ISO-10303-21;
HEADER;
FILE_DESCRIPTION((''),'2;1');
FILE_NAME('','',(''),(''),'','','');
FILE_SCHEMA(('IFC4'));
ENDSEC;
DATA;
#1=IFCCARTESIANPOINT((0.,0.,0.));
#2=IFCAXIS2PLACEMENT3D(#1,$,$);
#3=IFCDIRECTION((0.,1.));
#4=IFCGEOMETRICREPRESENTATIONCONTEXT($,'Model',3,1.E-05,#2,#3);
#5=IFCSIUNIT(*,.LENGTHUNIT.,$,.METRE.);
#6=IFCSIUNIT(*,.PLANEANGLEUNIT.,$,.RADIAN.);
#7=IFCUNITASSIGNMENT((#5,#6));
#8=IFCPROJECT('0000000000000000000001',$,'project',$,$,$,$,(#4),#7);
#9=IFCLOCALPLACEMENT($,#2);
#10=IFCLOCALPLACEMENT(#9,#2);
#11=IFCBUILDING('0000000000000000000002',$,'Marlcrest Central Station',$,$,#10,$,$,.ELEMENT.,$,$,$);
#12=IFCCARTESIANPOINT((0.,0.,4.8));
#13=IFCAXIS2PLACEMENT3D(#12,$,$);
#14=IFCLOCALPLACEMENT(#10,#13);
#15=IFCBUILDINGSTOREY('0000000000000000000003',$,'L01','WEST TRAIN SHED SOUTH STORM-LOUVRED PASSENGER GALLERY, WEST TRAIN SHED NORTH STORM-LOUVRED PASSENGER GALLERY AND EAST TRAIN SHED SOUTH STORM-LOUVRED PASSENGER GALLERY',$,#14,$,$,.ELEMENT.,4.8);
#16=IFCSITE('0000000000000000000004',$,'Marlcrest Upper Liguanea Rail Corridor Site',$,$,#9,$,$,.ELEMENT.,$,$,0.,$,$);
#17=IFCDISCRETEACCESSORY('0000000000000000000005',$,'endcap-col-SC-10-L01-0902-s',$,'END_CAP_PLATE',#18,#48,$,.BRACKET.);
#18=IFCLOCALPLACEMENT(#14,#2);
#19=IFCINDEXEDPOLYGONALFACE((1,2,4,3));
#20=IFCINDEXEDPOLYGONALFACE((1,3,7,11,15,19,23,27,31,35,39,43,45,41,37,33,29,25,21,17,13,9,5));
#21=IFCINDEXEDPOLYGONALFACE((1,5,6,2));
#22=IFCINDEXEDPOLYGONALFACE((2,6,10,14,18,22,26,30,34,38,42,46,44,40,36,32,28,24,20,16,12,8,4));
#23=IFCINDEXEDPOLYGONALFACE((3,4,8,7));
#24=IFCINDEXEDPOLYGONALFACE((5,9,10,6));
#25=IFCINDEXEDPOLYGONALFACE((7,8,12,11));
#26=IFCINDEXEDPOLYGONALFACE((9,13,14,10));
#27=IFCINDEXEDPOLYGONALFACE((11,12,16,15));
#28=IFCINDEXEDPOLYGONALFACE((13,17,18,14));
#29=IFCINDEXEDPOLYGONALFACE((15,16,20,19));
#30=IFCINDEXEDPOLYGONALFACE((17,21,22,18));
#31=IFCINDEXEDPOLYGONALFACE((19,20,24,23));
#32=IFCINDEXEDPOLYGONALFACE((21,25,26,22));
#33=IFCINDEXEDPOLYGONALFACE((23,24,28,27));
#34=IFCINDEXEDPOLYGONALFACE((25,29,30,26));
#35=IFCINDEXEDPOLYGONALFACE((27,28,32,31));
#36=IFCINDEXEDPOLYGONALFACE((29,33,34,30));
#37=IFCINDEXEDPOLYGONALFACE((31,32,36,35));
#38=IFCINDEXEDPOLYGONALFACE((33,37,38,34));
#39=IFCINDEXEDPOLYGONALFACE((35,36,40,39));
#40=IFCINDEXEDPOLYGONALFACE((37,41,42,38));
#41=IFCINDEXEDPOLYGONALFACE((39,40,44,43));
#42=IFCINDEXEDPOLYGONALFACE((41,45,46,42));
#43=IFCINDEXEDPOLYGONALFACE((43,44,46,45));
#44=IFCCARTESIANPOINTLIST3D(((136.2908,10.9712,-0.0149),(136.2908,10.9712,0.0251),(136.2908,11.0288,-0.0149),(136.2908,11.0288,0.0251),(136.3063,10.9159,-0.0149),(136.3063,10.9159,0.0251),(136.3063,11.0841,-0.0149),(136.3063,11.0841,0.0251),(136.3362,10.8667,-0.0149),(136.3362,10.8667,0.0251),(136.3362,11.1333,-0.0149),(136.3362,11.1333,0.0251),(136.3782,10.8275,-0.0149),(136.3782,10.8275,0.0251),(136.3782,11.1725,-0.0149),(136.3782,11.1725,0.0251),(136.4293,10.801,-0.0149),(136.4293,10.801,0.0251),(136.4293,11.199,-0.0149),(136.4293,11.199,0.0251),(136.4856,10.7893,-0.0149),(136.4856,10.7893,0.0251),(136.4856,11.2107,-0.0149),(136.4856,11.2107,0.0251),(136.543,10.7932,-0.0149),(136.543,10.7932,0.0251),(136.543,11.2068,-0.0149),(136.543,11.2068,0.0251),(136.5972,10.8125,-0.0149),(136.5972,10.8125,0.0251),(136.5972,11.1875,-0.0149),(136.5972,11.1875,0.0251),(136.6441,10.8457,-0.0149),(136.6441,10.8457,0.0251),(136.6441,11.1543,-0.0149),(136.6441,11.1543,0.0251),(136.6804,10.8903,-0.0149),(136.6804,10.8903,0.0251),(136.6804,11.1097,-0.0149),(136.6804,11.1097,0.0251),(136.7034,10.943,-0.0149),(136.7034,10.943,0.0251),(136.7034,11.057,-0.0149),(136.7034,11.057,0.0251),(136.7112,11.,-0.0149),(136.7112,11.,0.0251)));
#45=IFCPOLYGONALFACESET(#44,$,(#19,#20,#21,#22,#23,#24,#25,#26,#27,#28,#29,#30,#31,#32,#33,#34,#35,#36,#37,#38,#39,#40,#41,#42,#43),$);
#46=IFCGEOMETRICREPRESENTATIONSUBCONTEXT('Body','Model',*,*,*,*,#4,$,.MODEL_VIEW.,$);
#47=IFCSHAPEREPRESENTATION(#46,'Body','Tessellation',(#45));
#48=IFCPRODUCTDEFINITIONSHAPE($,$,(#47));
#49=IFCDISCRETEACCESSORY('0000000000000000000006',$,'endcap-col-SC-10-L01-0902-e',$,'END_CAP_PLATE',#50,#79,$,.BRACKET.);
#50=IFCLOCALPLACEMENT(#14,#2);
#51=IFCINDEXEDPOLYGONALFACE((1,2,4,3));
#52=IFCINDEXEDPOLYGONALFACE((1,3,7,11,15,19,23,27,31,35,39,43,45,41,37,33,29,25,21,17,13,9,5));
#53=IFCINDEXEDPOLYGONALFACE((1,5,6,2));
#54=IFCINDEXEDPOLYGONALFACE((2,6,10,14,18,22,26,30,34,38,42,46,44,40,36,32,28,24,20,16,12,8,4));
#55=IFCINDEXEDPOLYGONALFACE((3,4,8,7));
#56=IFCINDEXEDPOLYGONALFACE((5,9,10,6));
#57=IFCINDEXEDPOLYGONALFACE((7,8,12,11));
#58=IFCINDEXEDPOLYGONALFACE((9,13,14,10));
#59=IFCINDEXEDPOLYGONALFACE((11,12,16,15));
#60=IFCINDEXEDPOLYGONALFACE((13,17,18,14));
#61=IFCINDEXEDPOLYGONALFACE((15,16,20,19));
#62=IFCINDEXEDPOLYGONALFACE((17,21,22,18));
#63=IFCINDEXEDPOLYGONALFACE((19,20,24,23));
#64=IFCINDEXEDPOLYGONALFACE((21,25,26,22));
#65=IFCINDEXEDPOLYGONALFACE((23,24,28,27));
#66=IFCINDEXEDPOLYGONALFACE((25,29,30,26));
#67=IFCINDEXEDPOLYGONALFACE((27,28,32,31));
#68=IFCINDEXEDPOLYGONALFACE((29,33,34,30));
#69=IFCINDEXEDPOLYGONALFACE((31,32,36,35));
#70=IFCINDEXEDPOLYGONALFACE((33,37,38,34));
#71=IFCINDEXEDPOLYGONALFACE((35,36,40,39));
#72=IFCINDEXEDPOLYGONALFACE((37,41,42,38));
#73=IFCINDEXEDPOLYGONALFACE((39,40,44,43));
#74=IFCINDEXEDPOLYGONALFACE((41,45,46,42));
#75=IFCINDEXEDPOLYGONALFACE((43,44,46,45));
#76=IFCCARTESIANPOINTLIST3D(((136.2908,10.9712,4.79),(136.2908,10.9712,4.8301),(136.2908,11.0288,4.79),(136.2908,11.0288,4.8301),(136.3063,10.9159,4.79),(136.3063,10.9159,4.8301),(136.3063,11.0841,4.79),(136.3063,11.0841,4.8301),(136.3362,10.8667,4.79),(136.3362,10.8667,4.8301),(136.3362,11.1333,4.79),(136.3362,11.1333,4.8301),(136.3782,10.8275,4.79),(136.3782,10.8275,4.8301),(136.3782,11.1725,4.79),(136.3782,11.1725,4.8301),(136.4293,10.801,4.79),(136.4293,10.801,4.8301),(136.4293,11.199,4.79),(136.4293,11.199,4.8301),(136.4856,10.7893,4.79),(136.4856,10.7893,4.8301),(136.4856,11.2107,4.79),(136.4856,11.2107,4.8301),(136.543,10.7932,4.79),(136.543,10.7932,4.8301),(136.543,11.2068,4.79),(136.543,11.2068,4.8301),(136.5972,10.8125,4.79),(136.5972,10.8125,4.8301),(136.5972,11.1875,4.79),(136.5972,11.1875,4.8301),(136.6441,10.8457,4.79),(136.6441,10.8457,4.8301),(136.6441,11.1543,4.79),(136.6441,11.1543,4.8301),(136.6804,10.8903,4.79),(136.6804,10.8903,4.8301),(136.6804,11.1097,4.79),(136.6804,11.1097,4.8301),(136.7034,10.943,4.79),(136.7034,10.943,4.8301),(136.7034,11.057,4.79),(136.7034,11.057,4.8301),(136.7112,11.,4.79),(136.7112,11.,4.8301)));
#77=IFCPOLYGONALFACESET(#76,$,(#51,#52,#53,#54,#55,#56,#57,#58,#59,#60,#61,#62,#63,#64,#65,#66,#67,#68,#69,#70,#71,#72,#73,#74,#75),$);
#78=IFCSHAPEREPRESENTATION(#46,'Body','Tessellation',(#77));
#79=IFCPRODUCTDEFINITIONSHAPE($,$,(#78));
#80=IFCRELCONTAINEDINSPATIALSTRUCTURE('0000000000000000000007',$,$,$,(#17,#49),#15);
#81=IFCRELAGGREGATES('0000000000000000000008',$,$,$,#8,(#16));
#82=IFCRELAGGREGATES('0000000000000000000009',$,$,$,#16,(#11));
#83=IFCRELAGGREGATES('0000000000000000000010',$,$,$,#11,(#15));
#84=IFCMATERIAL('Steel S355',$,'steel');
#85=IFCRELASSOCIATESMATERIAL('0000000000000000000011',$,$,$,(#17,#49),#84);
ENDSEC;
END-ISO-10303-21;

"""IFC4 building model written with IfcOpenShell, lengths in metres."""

from ifc_helpers import new_model, si_unit, direction, frame, origin, origin_2d, place, context, subcontext, project, spatial, circle, extrude, material, element, save


model = new_model("IFC4")

# Units and contexts
model_context = context("Model", 3, precision=1e-05, world=origin(), true_north=direction((0.0, 1.0)))
body_context = subcontext(model_context, "Body", "Model", "MODEL_VIEW")
ifc_project = project(units=[si_unit("LENGTHUNIT", "METRE"), si_unit("PLANEANGLEUNIT", "RADIAN")], contexts=[model_context])

# Site, building, storey
site_placement = place(None, origin())
site = spatial("IfcSite", under=ifc_project, at=site_placement, Name="Marlcrest Upper Liguanea Rail Corridor Site", CompositionType="ELEMENT", RefElevation=0.0)
building_placement = place(site_placement, origin())
building = spatial("IfcBuilding", under=site, at=building_placement, Name="Marlcrest Central Station", CompositionType="ELEMENT")
storey_placement = place(building_placement, frame((0.0, 0.0, 4.8)))
storey = spatial("IfcBuildingStorey", under=building, at=storey_placement, Name="L01", Description="WEST TRAIN SHED SOUTH STORM-LOUVRED PASSENGER GALLERY, WEST TRAIN SHED NORTH STORM-LOUVRED PASSENGER GALLERY AND EAST TRAIN SHED SOUTH STORM-LOUVRED PASSENGER GALLERY", CompositionType="ELEMENT", Elevation=4.8)

# Shared definitions
ifc_material_1 = material(Name="Steel S355", Category="steel")

# Discrete accessories
for number, where, z_axis, x_axis, name in (
    (1, (136.5, 11.0, -0.0149), (0.0, 0.0, 1.0), (1.0, 0.0, 0.0), "endcap-col-SC-10-L01-0902-s"),
    (2, (136.5, 11.0, 4.79), (0.0, 0.0, 1.0), (1.0, 0.0, 0.0), "endcap-col-SC-10-L01-0902-e"),
):
    element("IfcDiscreteAccessory", number, at=place(storey_placement, frame(where, z_axis=z_axis, x_axis=x_axis)), inside=storey, material=ifc_material_1, Name=name, ObjectType="END_CAP_PLATE", PredefinedType="BRACKET", context=body_context, shape_type="SweptSolid", body=[
        extrude(circle(Radius=0.2112, at=origin_2d()), origin(), (0.0, 0.0, 1.0), 0.04),
    ])

save(model, "model.ifc")
